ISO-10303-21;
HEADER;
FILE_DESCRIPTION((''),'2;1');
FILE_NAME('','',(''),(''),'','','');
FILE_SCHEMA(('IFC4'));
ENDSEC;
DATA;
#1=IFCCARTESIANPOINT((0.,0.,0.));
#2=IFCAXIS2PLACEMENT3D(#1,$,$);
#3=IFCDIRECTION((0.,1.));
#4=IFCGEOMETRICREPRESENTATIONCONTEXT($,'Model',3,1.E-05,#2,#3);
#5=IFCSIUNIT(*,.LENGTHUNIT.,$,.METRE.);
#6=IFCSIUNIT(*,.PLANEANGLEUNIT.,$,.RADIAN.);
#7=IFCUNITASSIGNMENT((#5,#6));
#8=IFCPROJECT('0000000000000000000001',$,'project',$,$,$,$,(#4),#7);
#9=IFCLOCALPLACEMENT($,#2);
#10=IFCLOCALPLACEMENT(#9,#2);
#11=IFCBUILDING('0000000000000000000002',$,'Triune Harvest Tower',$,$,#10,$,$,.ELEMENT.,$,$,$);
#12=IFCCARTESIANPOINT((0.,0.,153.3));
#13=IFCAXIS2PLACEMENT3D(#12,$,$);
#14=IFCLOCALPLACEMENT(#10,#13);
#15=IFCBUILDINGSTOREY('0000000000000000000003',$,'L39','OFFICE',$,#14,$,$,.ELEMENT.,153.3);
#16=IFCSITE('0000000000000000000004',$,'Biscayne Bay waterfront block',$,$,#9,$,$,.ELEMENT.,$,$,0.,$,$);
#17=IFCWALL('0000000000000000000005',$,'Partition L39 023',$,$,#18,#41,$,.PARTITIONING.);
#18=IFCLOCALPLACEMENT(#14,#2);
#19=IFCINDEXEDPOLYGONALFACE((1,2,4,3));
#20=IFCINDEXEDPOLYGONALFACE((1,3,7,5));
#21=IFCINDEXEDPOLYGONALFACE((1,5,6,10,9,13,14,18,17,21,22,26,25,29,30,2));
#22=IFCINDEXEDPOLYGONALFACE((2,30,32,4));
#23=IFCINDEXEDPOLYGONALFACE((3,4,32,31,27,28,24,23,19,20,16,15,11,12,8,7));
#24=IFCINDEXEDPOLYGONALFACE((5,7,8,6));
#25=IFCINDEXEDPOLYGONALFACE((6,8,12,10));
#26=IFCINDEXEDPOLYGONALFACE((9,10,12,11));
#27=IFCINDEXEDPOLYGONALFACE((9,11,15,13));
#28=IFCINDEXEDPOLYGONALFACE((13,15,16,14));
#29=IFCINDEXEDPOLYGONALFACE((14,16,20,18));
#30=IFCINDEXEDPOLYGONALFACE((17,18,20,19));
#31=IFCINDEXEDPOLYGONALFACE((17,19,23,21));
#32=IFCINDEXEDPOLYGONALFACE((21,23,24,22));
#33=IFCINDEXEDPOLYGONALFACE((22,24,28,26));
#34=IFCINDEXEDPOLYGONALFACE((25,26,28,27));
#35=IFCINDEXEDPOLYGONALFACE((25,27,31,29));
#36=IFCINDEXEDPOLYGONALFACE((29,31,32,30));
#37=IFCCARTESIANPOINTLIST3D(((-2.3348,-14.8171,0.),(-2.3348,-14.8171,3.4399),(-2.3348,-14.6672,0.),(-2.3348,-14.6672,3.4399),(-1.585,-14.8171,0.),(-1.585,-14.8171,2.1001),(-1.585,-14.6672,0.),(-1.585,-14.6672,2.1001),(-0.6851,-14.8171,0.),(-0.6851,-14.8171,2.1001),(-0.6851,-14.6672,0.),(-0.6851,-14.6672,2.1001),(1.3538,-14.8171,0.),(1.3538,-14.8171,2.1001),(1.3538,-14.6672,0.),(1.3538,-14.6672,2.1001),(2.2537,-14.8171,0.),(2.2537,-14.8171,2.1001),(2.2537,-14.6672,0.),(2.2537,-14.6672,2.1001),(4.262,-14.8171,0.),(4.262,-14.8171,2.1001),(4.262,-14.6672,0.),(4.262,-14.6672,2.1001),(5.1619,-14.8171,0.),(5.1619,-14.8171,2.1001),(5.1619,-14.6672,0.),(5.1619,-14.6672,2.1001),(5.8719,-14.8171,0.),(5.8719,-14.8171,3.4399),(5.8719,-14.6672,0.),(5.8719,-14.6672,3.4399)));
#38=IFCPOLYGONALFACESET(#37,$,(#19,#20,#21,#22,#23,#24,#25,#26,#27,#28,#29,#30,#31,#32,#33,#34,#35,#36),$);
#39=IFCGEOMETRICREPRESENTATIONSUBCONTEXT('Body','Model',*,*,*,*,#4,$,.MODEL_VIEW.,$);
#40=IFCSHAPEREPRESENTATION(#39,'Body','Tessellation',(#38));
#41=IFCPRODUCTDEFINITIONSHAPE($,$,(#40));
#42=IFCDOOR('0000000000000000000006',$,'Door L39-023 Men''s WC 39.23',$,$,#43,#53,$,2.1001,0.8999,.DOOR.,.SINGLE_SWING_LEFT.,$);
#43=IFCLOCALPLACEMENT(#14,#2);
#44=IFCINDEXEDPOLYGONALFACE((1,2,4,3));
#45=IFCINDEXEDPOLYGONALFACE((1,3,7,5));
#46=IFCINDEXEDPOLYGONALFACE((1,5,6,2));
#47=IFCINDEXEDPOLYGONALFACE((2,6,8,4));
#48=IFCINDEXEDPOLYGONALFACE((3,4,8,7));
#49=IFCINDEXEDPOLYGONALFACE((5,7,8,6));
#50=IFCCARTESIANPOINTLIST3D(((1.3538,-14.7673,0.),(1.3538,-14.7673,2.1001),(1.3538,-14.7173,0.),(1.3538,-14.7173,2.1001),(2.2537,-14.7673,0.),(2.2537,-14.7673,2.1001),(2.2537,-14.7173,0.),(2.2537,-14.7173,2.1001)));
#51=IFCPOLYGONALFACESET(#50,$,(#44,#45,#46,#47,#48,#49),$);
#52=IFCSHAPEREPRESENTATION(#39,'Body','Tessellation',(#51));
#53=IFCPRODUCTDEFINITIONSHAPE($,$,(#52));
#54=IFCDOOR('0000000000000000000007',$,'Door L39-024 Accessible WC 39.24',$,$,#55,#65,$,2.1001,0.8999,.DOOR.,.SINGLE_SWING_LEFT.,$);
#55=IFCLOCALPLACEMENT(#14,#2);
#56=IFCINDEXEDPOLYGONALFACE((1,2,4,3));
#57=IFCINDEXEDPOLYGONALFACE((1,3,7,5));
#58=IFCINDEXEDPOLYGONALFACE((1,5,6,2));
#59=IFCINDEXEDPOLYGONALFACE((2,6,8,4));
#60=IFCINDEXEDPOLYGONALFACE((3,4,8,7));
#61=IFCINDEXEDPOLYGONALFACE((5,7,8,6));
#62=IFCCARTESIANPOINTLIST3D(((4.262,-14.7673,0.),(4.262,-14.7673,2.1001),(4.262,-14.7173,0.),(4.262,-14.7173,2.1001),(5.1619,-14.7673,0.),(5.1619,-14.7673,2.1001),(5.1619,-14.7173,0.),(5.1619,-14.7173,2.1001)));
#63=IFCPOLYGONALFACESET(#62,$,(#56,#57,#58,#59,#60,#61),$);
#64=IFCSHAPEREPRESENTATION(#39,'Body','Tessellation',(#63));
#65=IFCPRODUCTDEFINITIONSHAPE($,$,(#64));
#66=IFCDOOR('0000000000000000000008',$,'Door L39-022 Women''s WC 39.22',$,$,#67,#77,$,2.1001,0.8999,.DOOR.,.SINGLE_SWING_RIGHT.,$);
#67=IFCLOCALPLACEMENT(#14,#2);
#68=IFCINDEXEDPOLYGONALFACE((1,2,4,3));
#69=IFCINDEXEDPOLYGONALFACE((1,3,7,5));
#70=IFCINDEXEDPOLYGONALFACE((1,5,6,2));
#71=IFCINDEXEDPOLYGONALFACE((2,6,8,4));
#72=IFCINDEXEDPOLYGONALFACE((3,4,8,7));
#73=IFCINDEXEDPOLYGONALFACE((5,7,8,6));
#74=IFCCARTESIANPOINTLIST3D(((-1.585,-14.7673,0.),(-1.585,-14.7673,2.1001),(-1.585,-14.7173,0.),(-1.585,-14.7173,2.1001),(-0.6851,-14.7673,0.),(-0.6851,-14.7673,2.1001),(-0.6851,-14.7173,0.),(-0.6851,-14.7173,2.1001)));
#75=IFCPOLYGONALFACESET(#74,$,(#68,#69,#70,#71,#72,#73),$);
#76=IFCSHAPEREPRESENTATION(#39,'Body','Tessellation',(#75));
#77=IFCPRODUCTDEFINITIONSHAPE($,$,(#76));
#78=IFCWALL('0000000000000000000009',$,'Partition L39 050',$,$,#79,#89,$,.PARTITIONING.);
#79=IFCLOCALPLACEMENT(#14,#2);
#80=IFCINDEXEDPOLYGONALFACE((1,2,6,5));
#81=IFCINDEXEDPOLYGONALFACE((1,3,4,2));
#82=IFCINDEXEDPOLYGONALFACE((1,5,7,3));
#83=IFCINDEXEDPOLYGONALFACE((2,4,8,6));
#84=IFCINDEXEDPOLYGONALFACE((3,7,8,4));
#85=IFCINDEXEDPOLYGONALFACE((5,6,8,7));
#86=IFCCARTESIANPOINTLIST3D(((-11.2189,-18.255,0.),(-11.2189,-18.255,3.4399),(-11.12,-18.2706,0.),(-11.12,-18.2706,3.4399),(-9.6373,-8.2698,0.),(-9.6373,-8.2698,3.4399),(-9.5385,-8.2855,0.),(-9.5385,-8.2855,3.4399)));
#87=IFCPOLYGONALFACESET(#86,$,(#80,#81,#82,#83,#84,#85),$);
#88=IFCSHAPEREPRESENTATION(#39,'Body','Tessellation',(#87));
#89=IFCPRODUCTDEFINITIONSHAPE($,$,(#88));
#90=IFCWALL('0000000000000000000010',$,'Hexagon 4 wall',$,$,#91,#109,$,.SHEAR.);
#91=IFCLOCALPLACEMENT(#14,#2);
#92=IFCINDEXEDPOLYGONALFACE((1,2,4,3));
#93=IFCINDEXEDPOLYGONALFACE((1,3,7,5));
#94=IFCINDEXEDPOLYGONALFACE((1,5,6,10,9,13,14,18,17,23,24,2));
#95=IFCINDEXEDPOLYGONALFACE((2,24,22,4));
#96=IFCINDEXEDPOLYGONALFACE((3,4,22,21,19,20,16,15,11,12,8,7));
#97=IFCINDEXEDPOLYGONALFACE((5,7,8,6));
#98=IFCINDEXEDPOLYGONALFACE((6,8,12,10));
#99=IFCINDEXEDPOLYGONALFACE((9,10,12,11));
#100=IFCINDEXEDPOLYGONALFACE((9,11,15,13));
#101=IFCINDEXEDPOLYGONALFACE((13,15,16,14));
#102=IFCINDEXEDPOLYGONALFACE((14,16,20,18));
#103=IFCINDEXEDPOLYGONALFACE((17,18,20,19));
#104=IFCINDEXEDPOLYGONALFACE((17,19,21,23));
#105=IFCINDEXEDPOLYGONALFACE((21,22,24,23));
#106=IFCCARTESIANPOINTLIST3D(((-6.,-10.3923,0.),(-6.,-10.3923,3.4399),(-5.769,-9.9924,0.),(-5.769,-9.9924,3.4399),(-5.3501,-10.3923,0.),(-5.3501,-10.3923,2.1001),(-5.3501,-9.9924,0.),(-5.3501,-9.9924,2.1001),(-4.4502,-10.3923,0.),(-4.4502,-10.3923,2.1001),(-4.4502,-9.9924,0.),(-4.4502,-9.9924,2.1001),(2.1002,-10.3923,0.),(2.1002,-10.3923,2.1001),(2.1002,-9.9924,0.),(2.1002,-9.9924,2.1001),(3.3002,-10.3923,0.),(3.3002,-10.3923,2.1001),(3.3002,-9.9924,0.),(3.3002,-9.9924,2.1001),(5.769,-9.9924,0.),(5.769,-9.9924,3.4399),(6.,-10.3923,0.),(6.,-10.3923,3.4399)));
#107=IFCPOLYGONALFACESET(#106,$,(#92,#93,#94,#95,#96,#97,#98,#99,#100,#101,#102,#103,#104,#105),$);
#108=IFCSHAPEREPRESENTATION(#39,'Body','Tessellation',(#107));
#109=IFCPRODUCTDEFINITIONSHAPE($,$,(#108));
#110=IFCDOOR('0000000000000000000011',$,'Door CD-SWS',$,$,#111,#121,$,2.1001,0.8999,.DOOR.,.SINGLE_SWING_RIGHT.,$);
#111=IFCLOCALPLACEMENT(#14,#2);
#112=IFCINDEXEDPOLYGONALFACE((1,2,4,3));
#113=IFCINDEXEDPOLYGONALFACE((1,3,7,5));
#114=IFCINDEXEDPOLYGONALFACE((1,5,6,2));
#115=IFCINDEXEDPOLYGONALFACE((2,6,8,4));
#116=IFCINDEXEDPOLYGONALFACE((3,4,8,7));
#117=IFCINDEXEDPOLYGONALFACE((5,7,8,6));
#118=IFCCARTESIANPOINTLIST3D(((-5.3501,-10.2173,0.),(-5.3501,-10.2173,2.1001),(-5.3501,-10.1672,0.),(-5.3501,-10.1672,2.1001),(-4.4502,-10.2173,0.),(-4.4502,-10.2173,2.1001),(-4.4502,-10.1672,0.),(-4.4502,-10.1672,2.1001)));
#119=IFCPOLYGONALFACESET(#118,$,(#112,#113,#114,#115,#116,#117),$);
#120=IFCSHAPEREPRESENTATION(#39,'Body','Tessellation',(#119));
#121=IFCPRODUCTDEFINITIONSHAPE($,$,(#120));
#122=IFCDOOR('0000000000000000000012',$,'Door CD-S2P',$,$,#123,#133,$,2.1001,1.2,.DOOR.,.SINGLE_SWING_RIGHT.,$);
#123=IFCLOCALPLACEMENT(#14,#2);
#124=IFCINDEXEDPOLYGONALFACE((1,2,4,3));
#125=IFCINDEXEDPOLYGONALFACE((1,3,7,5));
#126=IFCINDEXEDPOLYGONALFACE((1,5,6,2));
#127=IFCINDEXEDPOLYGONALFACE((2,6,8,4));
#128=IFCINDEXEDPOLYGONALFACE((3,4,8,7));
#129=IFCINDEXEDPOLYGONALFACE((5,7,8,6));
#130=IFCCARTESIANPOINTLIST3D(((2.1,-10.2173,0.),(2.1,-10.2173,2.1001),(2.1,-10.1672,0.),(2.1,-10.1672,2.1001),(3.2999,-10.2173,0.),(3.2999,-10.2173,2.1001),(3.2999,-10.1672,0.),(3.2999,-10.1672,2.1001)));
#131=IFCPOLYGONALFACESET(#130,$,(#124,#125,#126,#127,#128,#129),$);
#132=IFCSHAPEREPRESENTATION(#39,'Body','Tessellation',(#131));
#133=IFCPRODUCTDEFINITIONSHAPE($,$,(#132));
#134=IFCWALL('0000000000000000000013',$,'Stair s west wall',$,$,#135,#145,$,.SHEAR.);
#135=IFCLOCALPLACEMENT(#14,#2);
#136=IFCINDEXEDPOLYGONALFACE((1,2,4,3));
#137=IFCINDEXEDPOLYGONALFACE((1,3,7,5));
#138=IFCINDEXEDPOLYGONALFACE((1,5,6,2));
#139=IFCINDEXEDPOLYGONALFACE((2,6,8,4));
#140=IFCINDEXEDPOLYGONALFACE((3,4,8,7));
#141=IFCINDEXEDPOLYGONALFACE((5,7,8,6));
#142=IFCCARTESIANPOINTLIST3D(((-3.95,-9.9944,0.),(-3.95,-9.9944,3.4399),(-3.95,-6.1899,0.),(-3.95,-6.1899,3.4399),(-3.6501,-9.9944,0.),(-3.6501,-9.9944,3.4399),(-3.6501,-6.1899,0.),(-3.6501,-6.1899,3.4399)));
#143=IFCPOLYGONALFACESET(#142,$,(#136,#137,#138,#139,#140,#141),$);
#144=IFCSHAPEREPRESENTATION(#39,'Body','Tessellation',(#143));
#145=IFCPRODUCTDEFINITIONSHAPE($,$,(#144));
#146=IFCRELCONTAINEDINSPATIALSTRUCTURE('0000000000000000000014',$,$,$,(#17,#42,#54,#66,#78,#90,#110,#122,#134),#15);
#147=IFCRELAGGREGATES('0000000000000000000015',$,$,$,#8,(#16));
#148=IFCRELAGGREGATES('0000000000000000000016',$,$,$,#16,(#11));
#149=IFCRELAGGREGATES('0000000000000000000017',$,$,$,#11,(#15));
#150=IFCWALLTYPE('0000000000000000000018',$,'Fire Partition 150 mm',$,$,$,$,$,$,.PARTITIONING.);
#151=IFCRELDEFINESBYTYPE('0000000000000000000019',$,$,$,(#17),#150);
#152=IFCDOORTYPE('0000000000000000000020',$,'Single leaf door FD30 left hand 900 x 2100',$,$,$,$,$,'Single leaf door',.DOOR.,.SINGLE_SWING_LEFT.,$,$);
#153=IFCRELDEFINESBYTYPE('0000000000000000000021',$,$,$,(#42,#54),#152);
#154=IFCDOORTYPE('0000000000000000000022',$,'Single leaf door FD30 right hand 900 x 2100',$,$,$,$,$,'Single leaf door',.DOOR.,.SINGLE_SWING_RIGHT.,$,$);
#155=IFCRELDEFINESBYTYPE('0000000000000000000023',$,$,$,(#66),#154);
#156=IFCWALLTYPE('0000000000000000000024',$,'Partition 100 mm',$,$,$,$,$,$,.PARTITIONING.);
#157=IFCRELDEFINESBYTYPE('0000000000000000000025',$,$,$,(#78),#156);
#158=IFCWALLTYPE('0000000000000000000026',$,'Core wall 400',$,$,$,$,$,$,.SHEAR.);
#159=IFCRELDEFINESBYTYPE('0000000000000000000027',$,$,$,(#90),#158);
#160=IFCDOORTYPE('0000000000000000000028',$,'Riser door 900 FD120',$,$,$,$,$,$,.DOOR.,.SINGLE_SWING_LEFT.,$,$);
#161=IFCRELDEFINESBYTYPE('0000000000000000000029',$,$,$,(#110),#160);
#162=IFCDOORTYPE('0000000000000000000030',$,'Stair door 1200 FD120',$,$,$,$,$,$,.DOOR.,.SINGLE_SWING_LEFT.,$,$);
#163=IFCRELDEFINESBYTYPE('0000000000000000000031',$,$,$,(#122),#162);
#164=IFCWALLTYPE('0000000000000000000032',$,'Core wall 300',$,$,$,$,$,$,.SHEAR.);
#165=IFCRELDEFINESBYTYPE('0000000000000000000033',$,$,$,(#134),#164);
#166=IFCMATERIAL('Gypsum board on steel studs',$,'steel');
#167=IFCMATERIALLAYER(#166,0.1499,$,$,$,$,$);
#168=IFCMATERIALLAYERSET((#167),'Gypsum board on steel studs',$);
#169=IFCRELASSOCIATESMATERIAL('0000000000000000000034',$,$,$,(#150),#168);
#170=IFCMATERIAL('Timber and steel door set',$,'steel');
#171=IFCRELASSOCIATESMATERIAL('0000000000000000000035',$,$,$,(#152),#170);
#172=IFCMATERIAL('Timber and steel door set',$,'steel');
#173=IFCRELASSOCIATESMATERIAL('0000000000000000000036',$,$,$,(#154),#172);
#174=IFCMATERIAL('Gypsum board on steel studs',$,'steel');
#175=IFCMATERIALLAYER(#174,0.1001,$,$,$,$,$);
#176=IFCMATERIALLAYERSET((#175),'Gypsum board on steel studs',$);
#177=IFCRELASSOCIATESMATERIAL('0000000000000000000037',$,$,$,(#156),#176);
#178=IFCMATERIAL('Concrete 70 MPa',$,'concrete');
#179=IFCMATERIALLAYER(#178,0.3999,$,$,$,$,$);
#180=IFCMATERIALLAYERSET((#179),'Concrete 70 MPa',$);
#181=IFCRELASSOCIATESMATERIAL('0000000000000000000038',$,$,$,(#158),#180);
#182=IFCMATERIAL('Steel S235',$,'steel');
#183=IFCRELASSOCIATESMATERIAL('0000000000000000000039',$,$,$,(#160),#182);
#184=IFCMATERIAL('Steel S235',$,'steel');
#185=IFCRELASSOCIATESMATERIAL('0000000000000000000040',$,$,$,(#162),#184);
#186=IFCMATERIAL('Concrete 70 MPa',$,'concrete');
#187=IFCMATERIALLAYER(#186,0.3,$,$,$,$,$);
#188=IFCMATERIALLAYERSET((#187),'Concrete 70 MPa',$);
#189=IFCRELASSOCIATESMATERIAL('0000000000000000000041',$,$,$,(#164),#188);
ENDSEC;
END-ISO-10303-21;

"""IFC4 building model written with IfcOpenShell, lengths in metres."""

from ifc_helpers import new_model, si_unit, direction, frame, frame_2d, origin, place, context, subcontext, project, spatial, polyline, rectangle, outline, extrude, source, transform, mapped, material, layer, layer_set, type_object, element, fill, save


model = new_model("IFC4")

# Units and contexts
model_context = context("Model", 3, precision=1e-05, world=origin(), true_north=direction((0.0, 1.0)))
body_context = subcontext(model_context, "Body", "Model", "MODEL_VIEW")
ifc_project = project(units=[si_unit("LENGTHUNIT", "METRE"), si_unit("PLANEANGLEUNIT", "RADIAN")], contexts=[model_context])

# Site, building, storey
site_placement = place(None, origin())
site = spatial("IfcSite", under=ifc_project, at=site_placement, Name="Biscayne Bay waterfront block", CompositionType="ELEMENT", RefElevation=0.0)
building_placement = place(site_placement, origin())
building = spatial("IfcBuilding", under=site, at=building_placement, Name="Triune Harvest Tower", CompositionType="ELEMENT")
storey_placement = place(building_placement, frame((0.0, 0.0, 153.3)))
storey = spatial("IfcBuildingStorey", under=building, at=storey_placement, Name="L39", Description="OFFICE", CompositionType="ELEMENT", Elevation=153.3)

# Wall, openings, doors
ifc_material_1 = material(Name="Gypsum board on steel studs", Category="steel")
ifc_layer_1 = layer(ifc_material_1, 0.1499)
ifc_layer_set_1 = layer_set([ifc_layer_1], Name="Gypsum board on steel studs")
wall_type_1 = type_object("IfcWallType", Name="Fire Partition 150 mm", PredefinedType="PARTITIONING", material=ifc_layer_set_1)
wall_1_placement = place(storey_placement, frame((-2.335, -14.7422, 0.0), z_axis=(0.0, 0.0, 1.0), x_axis=(1.0, 0.0, 0.0)))
wall_1 = element("IfcWall", 1, at=wall_1_placement, inside=storey, type_object=wall_type_1, Name="Partition L39 023", PredefinedType="PARTITIONING", context=body_context, shape_type="SweptSolid", body=[
    extrude(rectangle(XDim=8.2068, YDim=0.1499, at=frame_2d((4.1035, 0.0))), origin(), (0.0, 0.0, 1.0), 3.4399),
])
opening_1_placement = place(wall_1_placement, frame((0.75, 0.0, 0.0)))
opening_1 = element("IfcOpeningElement", 2, at=opening_1_placement, cuts=wall_1, PredefinedType="OPENING", context=body_context, shape_type="SweptSolid", body=[
    extrude(rectangle(XDim=0.8999, YDim=2.1001, at=frame_2d((0.45, 1.05))), frame((0.0, 0.085, 0.0), z_axis=(0.0, -1.0, 0.0), x_axis=(1.0, 0.0, 0.0)), (0.0, 0.0, 1.0), 0.1699),
])
opening_2_placement = place(wall_1_placement, frame((3.6887, 0.0, 0.0)))
opening_2 = element("IfcOpeningElement", 3, at=opening_2_placement, cuts=wall_1, PredefinedType="OPENING", context=body_context, shape_type="SweptSolid", body=[
    extrude(rectangle(XDim=0.8999, YDim=2.1001, at=frame_2d((0.45, 1.05))), frame((0.0, 0.085, 0.0), z_axis=(0.0, -1.0, 0.0), x_axis=(1.0, 0.0, 0.0)), (0.0, 0.0, 1.0), 0.1699),
])
opening_3_placement = place(wall_1_placement, frame((6.5969, 0.0, 0.0)))
opening_3 = element("IfcOpeningElement", 4, at=opening_3_placement, cuts=wall_1, PredefinedType="OPENING", context=body_context, shape_type="SweptSolid", body=[
    extrude(rectangle(XDim=0.8999, YDim=2.1001, at=frame_2d((0.45, 1.05))), frame((0.0, 0.085, 0.0), z_axis=(0.0, -1.0, 0.0), x_axis=(1.0, 0.0, 0.0)), (0.0, 0.0, 1.0), 0.1699),
])
ifc_material_2 = material(Name="Timber and steel door set", Category="steel")
door_type_1 = type_object("IfcDoorType", Name="Single leaf door FD30 left hand 900 x 2100", ElementType="Single leaf door", OperationType="SINGLE_SWING_LEFT", PredefinedType="DOOR", material=ifc_material_2)
door_1_placement = place(opening_2_placement, origin())
door_1 = element("IfcDoor", 5, at=door_1_placement, inside=storey, type_object=door_type_1, Name="Door L39-023 Men's WC 39.23", OperationType="SINGLE_SWING_LEFT", OverallHeight=2.1001, OverallWidth=0.8999, PredefinedType="DOOR", context=body_context, shape_type="SweptSolid", body=[
    extrude(rectangle(XDim=0.8999, YDim=2.1001, at=frame_2d((0.45, 1.05))), frame((0.0, 0.0249, 0.0), z_axis=(0.0, -1.0, 0.0), x_axis=(1.0, 0.0, 0.0)), (0.0, 0.0, 1.0), 0.05),
])
fill(opening_2, door_1)
door_2_placement = place(opening_3_placement, origin())
door_2 = element("IfcDoor", 6, at=door_2_placement, inside=storey, type_object=door_type_1, Name="Door L39-024 Accessible WC 39.24", OperationType="SINGLE_SWING_LEFT", OverallHeight=2.1001, OverallWidth=0.8999, PredefinedType="DOOR", context=body_context, shape_type="SweptSolid", body=[
    extrude(rectangle(XDim=0.8999, YDim=2.1001, at=frame_2d((0.45, 1.05))), frame((0.0, 0.0249, 0.0), z_axis=(0.0, -1.0, 0.0), x_axis=(1.0, 0.0, 0.0)), (0.0, 0.0, 1.0), 0.05),
])
fill(opening_3, door_2)
ifc_material_3 = material(Name="Timber and steel door set", Category="steel")
door_type_2 = type_object("IfcDoorType", Name="Single leaf door FD30 right hand 900 x 2100", ElementType="Single leaf door", OperationType="SINGLE_SWING_RIGHT", PredefinedType="DOOR", material=ifc_material_3)
door_3_placement = place(opening_1_placement, origin())
door_3 = element("IfcDoor", 7, at=door_3_placement, inside=storey, type_object=door_type_2, Name="Door L39-022 Women's WC 39.22", OperationType="SINGLE_SWING_RIGHT", OverallHeight=2.1001, OverallWidth=0.8999, PredefinedType="DOOR", context=body_context, shape_type="SweptSolid", body=[
    extrude(rectangle(XDim=0.8999, YDim=2.1001, at=frame_2d((0.45, 1.05))), frame((0.0, 0.0249, 0.0), z_axis=(0.0, -1.0, 0.0), x_axis=(1.0, 0.0, 0.0)), (0.0, 0.0, 1.0), 0.05),
])
fill(opening_1, door_3)

# Wall
ifc_material_4 = material(Name="Gypsum board on steel studs", Category="steel")
ifc_layer_2 = layer(ifc_material_4, 0.1001)
ifc_layer_set_2 = layer_set([ifc_layer_2], Name="Gypsum board on steel studs")
wall_type_2 = type_object("IfcWallType", Name="Partition 100 mm", PredefinedType="PARTITIONING", material=ifc_layer_set_2)
wall_2_placement = place(storey_placement, frame((-11.1694, -18.2627, 0.0), z_axis=(0.0, 0.0, 1.0), x_axis=(0.15644, 0.987687, 0.0)))
element("IfcWall", 8, at=wall_2_placement, inside=storey, type_object=wall_type_2, Name="Partition L39 050", PredefinedType="PARTITIONING", context=body_context, shape_type="SweptSolid", body=[
    extrude(rectangle(XDim=10.1096, YDim=0.1001, at=frame_2d((5.0547, 0.0))), origin(), (0.0, 0.0, 1.0), 3.4399),
])

# Wall, openings, doors
ifc_material_5 = material(Name="Concrete 70 MPa", Category="concrete")
ifc_layer_3 = layer(ifc_material_5, 0.3999)
ifc_layer_set_3 = layer_set([ifc_layer_3], Name="Concrete 70 MPa")
wall_type_3 = type_object("IfcWallType", Name="Core wall 400", PredefinedType="SHEAR", material=ifc_layer_set_3)
shared_shape_1 = source(origin(), body_context, "Body", "SweptSolid", [
    extrude(outline(polyline([(-0.1155, -0.2), (11.8845, -0.2), (11.6536, 0.2), (0.1155, 0.2), (-0.1155, -0.2)])), origin(), (0.0, 0.0, 1.0), 3.4399),
])
wall_3_placement = place(storey_placement, frame((-5.8845, -10.1924, 0.0), z_axis=(0.0, 0.0, 1.0), x_axis=(1.0, 0.0, 0.0)))
wall_3 = element("IfcWall", 9, at=wall_3_placement, inside=storey, type_object=wall_type_3, Name="Hexagon 4 wall", PredefinedType="SHEAR", context=body_context, shape_type="MappedRepresentation", body=[
    mapped(shared_shape_1, transform((0.0, 0.0, 0.0), scale=1.0)),
])
opening_4_placement = place(wall_3_placement, frame((7.9846, 0.0, 0.0)))
opening_4 = element("IfcOpeningElement", 10, at=opening_4_placement, cuts=wall_3, PredefinedType="OPENING", context=body_context, shape_type="SweptSolid", body=[
    extrude(rectangle(XDim=1.2, YDim=2.1001, at=frame_2d((0.6001, 1.05))), frame((0.0, 0.21, 0.0), z_axis=(0.0, -1.0, 0.0), x_axis=(1.0, 0.0, 0.0)), (0.0, 0.0, 1.0), 0.4199),
])
opening_5_placement = place(wall_3_placement, frame((0.5344, 0.0, 0.0)))
opening_5 = element("IfcOpeningElement", 11, at=opening_5_placement, cuts=wall_3, PredefinedType="OPENING", context=body_context, shape_type="SweptSolid", body=[
    extrude(rectangle(XDim=0.8999, YDim=2.1001, at=frame_2d((0.45, 1.05))), frame((0.0, 0.21, 0.0), z_axis=(0.0, -1.0, 0.0), x_axis=(1.0, 0.0, 0.0)), (0.0, 0.0, 1.0), 0.4199),
])
ifc_material_6 = material(Name="Steel S235", Category="steel")
door_type_3 = type_object("IfcDoorType", Name="Riser door 900 FD120", OperationType="SINGLE_SWING_LEFT", PredefinedType="DOOR", material=ifc_material_6)
door_4_placement = place(opening_5_placement, frame((0.8999, 0.0, 0.0), z_axis=(0.0, 0.0, 1.0), x_axis=(-1.0, 0.0, 0.0)))
door_4 = element("IfcDoor", 12, at=door_4_placement, inside=storey, type_object=door_type_3, Name="Door CD-SWS", OperationType="SINGLE_SWING_RIGHT", OverallHeight=2.1001, OverallWidth=0.8999, PredefinedType="DOOR", context=body_context, shape_type="SweptSolid", body=[
    extrude(rectangle(XDim=0.8999, YDim=2.1001, at=frame_2d((0.45, 1.05))), frame((0.0, 0.0249, 0.0), z_axis=(0.0, -1.0, 0.0), x_axis=(1.0, 0.0, 0.0)), (0.0, 0.0, 1.0), 0.05),
])
fill(opening_5, door_4)
ifc_material_7 = material(Name="Steel S235", Category="steel")
door_type_4 = type_object("IfcDoorType", Name="Stair door 1200 FD120", OperationType="SINGLE_SWING_LEFT", PredefinedType="DOOR", material=ifc_material_7)
door_5_placement = place(opening_4_placement, frame((1.2, 0.0, 0.0), z_axis=(0.0, 0.0, 1.0), x_axis=(-1.0, 0.0, 0.0)))
door_5 = element("IfcDoor", 13, at=door_5_placement, inside=storey, type_object=door_type_4, Name="Door CD-S2P", OperationType="SINGLE_SWING_RIGHT", OverallHeight=2.1001, OverallWidth=1.2, PredefinedType="DOOR", context=body_context, shape_type="SweptSolid", body=[
    extrude(rectangle(XDim=1.2, YDim=2.1001, at=frame_2d((0.6001, 1.05))), frame((0.0, 0.0249, 0.0), z_axis=(0.0, -1.0, 0.0), x_axis=(1.0, 0.0, 0.0)), (0.0, 0.0, 1.0), 0.05),
])
fill(opening_4, door_5)

# Wall
ifc_material_8 = material(Name="Concrete 70 MPa", Category="concrete")
ifc_layer_4 = layer(ifc_material_8, 0.3)
ifc_layer_set_4 = layer_set([ifc_layer_4], Name="Concrete 70 MPa")
wall_type_4 = type_object("IfcWallType", Name="Core wall 300", PredefinedType="SHEAR", material=ifc_layer_set_4)
shared_shape_2 = source(origin(), body_context, "Body", "SweptSolid", [
    extrude(outline(polyline([(3.8, -0.1499), (-0.0044, -0.1499), (-0.0044, 0.1499), (3.8, 0.1499), (3.8, -0.1499)])), origin(), (0.0, 0.0, 1.0), 3.4399),
])
wall_4_placement = place(storey_placement, frame((-3.8, -9.99, 0.0), z_axis=(0.0, 0.0, 1.0), x_axis=(0.0, 1.0, 0.0)))
element("IfcWall", 14, at=wall_4_placement, inside=storey, type_object=wall_type_4, Name="Stair s west wall", PredefinedType="SHEAR", context=body_context, shape_type="MappedRepresentation", body=[
    mapped(shared_shape_2, transform((0.0, 0.0, 0.0), scale=1.0)),
])

save(model, "model.ifc")
